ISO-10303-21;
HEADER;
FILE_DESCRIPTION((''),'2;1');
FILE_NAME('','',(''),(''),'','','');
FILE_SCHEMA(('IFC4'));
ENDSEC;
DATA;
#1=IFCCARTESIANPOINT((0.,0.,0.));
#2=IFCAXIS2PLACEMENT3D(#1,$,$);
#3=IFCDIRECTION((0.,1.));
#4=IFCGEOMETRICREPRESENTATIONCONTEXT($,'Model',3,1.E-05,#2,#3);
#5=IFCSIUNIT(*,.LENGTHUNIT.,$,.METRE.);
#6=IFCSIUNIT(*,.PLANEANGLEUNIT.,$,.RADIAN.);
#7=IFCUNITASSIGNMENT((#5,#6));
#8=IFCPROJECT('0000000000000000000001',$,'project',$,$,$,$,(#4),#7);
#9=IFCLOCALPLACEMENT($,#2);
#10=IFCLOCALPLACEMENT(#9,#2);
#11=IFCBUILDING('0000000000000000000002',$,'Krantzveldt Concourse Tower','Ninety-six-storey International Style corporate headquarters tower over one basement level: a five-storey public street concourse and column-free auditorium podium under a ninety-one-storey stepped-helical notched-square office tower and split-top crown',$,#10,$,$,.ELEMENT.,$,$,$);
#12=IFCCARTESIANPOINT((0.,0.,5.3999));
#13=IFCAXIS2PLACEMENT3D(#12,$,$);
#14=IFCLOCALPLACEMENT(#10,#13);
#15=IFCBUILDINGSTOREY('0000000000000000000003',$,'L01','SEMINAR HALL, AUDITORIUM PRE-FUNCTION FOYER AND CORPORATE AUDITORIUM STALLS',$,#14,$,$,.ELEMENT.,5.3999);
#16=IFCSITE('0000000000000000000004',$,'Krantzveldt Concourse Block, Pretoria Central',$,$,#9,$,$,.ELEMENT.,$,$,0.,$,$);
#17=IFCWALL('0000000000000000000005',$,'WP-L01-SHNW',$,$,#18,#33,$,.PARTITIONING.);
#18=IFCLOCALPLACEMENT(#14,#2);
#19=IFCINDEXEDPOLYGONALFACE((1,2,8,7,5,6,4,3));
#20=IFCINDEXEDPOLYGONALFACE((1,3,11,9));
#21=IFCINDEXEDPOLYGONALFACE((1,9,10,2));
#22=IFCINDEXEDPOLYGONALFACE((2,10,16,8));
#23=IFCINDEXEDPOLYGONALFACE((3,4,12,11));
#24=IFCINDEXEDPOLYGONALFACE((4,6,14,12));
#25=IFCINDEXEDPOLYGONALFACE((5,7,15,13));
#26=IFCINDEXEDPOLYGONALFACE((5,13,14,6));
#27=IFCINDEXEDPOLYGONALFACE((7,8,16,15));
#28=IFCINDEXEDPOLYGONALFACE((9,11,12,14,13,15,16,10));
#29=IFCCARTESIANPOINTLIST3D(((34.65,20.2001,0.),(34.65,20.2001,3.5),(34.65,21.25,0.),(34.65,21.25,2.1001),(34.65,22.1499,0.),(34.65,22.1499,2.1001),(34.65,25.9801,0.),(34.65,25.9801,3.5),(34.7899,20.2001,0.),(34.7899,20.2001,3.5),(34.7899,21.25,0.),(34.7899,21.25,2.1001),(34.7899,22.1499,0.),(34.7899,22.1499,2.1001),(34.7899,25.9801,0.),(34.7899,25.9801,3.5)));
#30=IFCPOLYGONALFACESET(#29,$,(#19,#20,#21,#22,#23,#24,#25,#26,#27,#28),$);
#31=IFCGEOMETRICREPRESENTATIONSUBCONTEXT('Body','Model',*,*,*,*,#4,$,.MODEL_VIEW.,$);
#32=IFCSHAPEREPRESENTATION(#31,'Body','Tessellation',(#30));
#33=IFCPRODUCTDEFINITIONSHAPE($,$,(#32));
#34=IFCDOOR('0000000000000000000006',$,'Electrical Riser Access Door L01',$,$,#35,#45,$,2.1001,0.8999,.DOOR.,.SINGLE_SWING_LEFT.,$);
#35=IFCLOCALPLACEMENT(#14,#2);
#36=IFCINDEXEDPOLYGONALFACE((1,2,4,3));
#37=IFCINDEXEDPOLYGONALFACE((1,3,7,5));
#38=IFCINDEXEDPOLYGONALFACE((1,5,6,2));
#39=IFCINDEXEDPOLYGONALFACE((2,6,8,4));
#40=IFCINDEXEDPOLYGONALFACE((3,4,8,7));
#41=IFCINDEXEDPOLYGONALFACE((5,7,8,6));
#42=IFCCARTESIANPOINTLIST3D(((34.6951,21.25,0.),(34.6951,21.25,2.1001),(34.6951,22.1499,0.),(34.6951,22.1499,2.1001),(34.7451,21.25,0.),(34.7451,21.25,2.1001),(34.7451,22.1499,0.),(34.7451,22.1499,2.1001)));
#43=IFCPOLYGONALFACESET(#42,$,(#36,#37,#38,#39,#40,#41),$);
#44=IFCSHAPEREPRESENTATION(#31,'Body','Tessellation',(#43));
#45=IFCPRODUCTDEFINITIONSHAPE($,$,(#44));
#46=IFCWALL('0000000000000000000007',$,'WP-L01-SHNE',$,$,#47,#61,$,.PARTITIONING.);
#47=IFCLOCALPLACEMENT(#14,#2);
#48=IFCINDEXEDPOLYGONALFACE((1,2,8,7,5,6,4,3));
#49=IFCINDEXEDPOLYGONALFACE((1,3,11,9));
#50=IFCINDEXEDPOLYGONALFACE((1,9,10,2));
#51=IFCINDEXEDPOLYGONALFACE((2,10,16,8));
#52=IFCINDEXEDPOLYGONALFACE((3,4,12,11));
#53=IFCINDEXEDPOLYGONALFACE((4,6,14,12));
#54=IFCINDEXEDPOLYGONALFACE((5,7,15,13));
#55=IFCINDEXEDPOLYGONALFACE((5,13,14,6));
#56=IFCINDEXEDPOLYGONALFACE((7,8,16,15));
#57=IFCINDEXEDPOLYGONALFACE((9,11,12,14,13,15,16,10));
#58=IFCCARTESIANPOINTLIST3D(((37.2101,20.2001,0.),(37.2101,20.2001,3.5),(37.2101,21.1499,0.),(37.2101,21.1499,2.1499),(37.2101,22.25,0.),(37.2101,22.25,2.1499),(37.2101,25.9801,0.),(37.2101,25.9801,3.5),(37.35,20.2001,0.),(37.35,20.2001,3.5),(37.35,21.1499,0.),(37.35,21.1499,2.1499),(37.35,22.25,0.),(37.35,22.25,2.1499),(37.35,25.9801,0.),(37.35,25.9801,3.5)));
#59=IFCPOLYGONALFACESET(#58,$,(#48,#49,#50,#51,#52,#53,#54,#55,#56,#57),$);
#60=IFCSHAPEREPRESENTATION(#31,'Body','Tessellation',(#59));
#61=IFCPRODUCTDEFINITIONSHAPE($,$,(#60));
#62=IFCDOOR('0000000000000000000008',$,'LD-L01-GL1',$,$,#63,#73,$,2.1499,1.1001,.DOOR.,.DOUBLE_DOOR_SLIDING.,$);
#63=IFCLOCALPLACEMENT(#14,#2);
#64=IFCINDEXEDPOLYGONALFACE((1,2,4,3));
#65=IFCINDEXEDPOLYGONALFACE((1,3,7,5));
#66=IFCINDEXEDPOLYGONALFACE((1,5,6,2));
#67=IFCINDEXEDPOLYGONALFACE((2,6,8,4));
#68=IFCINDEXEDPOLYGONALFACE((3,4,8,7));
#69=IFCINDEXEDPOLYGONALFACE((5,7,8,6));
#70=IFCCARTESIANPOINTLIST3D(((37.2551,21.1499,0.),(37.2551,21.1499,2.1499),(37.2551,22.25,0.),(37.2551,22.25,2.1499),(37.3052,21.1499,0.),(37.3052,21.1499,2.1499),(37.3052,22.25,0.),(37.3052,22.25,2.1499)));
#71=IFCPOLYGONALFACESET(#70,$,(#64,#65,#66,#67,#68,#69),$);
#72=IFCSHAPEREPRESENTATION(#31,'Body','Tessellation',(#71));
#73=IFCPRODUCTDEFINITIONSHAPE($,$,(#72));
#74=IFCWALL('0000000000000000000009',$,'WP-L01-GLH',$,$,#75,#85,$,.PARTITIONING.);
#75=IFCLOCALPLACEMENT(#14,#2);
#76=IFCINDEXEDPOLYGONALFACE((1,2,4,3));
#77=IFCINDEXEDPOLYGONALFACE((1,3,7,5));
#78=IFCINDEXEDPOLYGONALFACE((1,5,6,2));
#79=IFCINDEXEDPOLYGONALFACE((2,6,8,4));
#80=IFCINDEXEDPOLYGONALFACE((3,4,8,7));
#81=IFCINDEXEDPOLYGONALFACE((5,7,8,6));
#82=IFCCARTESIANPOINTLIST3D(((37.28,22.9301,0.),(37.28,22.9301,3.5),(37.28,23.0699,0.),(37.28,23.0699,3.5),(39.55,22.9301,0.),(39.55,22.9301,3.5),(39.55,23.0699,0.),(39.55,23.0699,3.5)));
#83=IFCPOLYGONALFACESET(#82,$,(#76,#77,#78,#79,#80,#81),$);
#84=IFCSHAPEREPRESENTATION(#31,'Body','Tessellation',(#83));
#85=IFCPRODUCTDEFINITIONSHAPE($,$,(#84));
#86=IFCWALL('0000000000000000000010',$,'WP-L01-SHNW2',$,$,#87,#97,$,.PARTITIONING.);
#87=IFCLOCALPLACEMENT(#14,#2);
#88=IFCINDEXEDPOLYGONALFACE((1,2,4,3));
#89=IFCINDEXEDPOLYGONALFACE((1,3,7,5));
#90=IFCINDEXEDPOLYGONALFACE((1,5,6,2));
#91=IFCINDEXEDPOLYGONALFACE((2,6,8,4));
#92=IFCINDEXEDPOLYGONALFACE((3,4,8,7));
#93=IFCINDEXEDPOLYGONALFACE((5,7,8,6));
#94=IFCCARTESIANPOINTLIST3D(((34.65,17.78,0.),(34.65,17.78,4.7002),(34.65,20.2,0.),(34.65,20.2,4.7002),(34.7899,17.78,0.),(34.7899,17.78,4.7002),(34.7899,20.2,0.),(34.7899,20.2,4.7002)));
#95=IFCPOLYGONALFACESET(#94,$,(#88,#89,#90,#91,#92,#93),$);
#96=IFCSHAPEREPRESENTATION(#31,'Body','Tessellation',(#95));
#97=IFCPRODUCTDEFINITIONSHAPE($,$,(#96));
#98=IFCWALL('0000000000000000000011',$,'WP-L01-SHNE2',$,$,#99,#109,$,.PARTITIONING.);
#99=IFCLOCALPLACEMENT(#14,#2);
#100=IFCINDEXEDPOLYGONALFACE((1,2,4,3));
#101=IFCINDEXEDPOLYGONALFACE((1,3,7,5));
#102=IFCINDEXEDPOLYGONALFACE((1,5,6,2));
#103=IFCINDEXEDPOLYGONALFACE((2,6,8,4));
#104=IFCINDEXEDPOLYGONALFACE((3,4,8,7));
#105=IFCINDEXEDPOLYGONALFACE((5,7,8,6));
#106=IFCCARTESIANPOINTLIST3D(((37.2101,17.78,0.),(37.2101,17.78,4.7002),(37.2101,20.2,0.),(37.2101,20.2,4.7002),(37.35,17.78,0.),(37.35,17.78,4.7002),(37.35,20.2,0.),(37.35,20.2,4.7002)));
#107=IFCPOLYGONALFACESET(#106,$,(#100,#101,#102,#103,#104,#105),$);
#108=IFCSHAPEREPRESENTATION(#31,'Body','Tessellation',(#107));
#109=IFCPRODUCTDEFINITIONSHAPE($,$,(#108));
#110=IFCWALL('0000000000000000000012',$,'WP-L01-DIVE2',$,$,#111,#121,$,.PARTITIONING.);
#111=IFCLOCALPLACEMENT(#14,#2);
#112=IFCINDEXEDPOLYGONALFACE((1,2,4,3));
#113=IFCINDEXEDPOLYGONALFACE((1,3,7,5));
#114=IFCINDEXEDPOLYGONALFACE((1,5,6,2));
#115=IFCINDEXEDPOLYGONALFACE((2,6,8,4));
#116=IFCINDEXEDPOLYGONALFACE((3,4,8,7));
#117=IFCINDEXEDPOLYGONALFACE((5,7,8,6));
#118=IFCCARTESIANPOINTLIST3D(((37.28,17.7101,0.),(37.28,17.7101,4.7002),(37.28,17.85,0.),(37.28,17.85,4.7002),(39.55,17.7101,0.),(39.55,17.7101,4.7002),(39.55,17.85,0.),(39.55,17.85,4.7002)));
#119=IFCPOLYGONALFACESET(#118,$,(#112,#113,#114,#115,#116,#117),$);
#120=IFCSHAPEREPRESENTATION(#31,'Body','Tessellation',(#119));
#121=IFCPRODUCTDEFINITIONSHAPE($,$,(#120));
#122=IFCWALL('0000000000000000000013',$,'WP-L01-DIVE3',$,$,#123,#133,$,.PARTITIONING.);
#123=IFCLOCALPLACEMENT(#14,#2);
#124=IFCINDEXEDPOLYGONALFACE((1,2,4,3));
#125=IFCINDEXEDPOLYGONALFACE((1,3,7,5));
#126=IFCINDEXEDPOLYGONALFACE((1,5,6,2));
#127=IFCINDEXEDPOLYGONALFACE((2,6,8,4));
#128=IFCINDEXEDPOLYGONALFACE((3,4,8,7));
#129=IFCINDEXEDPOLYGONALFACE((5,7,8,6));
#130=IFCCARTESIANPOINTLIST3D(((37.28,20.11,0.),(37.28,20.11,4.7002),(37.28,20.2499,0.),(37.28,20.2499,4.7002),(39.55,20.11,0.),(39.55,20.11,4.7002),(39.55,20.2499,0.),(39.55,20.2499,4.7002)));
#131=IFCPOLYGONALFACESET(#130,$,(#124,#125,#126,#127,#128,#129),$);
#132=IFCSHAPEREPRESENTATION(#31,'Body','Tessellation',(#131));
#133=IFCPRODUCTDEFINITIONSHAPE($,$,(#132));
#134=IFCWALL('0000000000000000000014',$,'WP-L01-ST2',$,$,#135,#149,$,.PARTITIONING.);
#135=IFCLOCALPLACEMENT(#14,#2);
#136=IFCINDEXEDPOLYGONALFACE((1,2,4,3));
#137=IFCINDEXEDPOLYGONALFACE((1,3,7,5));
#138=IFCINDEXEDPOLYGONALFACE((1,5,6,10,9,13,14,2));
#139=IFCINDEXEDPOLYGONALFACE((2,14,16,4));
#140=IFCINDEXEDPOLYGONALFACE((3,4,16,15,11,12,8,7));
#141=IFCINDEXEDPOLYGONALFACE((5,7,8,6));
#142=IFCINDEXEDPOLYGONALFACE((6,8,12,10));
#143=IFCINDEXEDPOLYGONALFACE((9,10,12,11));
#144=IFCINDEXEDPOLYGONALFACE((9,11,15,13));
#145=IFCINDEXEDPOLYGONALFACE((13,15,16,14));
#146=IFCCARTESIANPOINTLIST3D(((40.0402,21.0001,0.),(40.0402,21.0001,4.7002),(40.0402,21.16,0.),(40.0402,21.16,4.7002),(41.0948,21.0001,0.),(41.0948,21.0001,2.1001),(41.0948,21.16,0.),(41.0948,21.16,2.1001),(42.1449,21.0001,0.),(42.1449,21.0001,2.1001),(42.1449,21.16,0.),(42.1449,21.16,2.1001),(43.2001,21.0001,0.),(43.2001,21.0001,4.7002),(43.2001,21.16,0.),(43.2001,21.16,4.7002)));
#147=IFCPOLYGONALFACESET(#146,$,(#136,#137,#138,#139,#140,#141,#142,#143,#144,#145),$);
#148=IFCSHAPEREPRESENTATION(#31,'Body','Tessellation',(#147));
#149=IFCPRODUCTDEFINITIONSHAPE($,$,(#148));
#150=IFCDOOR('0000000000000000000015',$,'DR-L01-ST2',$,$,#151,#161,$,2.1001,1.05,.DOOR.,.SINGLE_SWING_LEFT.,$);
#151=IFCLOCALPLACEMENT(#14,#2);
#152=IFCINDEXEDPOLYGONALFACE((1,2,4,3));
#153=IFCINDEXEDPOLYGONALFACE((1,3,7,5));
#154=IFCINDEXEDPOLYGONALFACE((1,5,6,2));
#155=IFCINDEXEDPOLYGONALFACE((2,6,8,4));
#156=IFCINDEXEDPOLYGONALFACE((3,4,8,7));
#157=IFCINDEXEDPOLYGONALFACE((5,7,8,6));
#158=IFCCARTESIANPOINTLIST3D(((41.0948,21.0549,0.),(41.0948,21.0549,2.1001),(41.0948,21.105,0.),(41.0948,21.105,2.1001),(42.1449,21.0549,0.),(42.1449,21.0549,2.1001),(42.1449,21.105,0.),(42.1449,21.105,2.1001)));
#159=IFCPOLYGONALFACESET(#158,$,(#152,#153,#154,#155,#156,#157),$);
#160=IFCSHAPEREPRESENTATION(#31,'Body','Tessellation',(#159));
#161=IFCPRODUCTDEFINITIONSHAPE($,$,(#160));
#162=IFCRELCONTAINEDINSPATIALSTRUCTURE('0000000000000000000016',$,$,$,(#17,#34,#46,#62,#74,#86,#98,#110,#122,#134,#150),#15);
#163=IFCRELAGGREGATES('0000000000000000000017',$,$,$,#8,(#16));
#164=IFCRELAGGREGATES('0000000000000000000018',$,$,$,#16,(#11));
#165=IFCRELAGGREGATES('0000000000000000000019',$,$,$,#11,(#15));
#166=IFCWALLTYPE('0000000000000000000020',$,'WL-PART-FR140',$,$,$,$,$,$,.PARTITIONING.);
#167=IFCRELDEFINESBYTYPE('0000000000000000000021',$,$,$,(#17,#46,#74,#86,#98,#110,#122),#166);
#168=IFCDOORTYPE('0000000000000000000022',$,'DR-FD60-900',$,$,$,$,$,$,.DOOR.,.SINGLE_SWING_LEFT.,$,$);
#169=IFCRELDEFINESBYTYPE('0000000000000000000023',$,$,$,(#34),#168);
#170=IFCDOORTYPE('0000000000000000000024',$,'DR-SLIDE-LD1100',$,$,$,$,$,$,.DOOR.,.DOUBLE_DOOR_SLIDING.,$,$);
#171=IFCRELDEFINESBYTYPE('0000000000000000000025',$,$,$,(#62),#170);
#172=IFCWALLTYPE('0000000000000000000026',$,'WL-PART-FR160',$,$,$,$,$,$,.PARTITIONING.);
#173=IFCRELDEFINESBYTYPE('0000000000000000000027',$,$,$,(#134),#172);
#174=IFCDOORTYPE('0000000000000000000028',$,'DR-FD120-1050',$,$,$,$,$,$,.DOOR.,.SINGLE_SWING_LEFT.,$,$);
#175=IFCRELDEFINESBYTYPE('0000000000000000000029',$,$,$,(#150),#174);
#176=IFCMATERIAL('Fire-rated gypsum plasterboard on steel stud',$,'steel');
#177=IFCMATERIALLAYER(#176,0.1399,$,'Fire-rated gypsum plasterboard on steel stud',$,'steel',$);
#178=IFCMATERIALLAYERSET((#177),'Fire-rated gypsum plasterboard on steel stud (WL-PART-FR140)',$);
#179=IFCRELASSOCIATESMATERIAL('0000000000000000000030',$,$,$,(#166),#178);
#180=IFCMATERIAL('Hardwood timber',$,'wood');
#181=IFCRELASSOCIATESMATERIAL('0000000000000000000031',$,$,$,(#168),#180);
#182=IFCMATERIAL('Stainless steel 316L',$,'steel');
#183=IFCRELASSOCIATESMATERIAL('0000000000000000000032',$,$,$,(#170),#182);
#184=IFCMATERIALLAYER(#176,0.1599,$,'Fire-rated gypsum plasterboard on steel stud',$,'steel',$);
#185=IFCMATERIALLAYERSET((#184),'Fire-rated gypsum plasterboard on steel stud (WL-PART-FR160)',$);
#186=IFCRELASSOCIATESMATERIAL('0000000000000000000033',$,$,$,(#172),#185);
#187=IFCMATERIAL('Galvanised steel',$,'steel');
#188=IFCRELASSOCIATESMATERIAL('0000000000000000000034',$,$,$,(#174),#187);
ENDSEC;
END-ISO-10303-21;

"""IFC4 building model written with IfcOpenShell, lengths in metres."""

from ifc_helpers import new_model, si_unit, direction, frame, frame_2d, origin, place, context, subcontext, project, spatial, rectangle, extrude, material, layer, layer_set, type_object, element, fill, save


model = new_model("IFC4")

# Units and contexts
model_context = context("Model", 3, precision=1e-05, world=origin(), true_north=direction((0.0, 1.0)))
body_context = subcontext(model_context, "Body", "Model", "MODEL_VIEW")
ifc_project = project(units=[si_unit("LENGTHUNIT", "METRE"), si_unit("PLANEANGLEUNIT", "RADIAN")], contexts=[model_context])

# Site, building, storey
site_placement = place(None, origin())
site = spatial("IfcSite", under=ifc_project, at=site_placement, Name="Krantzveldt Concourse Block, Pretoria Central", CompositionType="ELEMENT", RefElevation=0.0)
building_placement = place(site_placement, origin())
building = spatial("IfcBuilding", under=site, at=building_placement, Name="Krantzveldt Concourse Tower", Description="Ninety-six-storey International Style corporate headquarters tower over one basement level: a five-storey public street concourse and column-free auditorium podium under a ninety-one-storey stepped-helical notched-square office tower and split-top crown", CompositionType="ELEMENT")
storey_placement = place(building_placement, frame((0.0, 0.0, 5.3999)))
storey = spatial("IfcBuildingStorey", under=building, at=storey_placement, Name="L01", Description="SEMINAR HALL, AUDITORIUM PRE-FUNCTION FOYER AND CORPORATE AUDITORIUM STALLS", CompositionType="ELEMENT", Elevation=5.3999)

# Walls, openings, doors
ifc_material_1 = material(Name="Fire-rated gypsum plasterboard on steel stud", Category="steel")
ifc_layer_1 = layer(ifc_material_1, 0.1399, Name="Fire-rated gypsum plasterboard on steel stud", Category="steel")
ifc_layer_set_1 = layer_set([ifc_layer_1], Name="Fire-rated gypsum plasterboard on steel stud (WL-PART-FR140)")
wall_type_1 = type_object("IfcWallType", Name="WL-PART-FR140", PredefinedType="PARTITIONING", material=ifc_layer_set_1)
wall_1_placement = place(storey_placement, frame((34.72, 20.2, 0.0), z_axis=(0.0, 0.0, 1.0), x_axis=(0.0, 1.0, 0.0)))
wall_1 = element("IfcWall", 1, at=wall_1_placement, inside=storey, type_object=wall_type_1, Name="WP-L01-SHNW", PredefinedType="PARTITIONING", context=body_context, shape_type="SweptSolid", body=[
    extrude(rectangle(XDim=5.78, YDim=0.1399, at=frame_2d((2.8901, 0.0))), origin(), (0.0, 0.0, 1.0), 3.5),
])
opening_1_placement = place(wall_1_placement, frame((1.05, 0.0, 0.0)))
opening_1 = element("IfcOpeningElement", 2, at=opening_1_placement, cuts=wall_1, PredefinedType="OPENING", context=body_context, shape_type="SweptSolid", body=[
    extrude(rectangle(XDim=0.8999, YDim=2.1001, at=frame_2d((0.45, 1.05))), frame((0.0, 0.0801, 0.0), z_axis=(0.0, -1.0, 0.0), x_axis=(1.0, 0.0, 0.0)), (0.0, 0.0, 1.0), 0.1599),
])
ifc_material_2 = material(Name="Hardwood timber", Category="wood")
door_type_1 = type_object("IfcDoorType", Name="DR-FD60-900", OperationType="SINGLE_SWING_LEFT", PredefinedType="DOOR", material=ifc_material_2)
door_1_placement = place(opening_1_placement, origin())
door_1 = element("IfcDoor", 3, at=door_1_placement, inside=storey, type_object=door_type_1, Name="Electrical Riser Access Door L01", OperationType="SINGLE_SWING_LEFT", OverallHeight=2.1001, OverallWidth=0.8999, PredefinedType="DOOR", context=body_context, shape_type="SweptSolid", body=[
    extrude(rectangle(XDim=0.8999, YDim=2.1001, at=frame_2d((0.45, 1.05))), frame((0.0, 0.0249, 0.0), z_axis=(0.0, -1.0, 0.0), x_axis=(1.0, 0.0, 0.0)), (0.0, 0.0, 1.0), 0.05),
])
fill(opening_1, door_1)
wall_2_placement = place(storey_placement, frame((37.28, 20.2, 0.0), z_axis=(0.0, 0.0, 1.0), x_axis=(0.0, 1.0, 0.0)))
wall_2 = element("IfcWall", 4, at=wall_2_placement, inside=storey, type_object=wall_type_1, Name="WP-L01-SHNE", PredefinedType="PARTITIONING", context=body_context, shape_type="SweptSolid", body=[
    extrude(rectangle(XDim=5.78, YDim=0.1399, at=frame_2d((2.8901, 0.0))), origin(), (0.0, 0.0, 1.0), 3.5),
])
opening_2_placement = place(wall_2_placement, frame((0.95, 0.0, 0.0)))
opening_2 = element("IfcOpeningElement", 5, at=opening_2_placement, cuts=wall_2, PredefinedType="OPENING", context=body_context, shape_type="SweptSolid", body=[
    extrude(rectangle(XDim=1.1001, YDim=2.1499, at=frame_2d((0.55, 1.075))), frame((0.0, 0.0801, 0.0), z_axis=(0.0, -1.0, 0.0), x_axis=(1.0, 0.0, 0.0)), (0.0, 0.0, 1.0), 0.1599),
])
ifc_material_3 = material(Name="Stainless steel 316L", Category="steel")
door_type_2 = type_object("IfcDoorType", Name="DR-SLIDE-LD1100", OperationType="DOUBLE_DOOR_SLIDING", PredefinedType="DOOR", material=ifc_material_3)
door_2_placement = place(opening_2_placement, origin())
door_2 = element("IfcDoor", 6, at=door_2_placement, inside=storey, type_object=door_type_2, Name="LD-L01-GL1", OperationType="DOUBLE_DOOR_SLIDING", OverallHeight=2.1499, OverallWidth=1.1001, PredefinedType="DOOR", context=body_context, shape_type="SweptSolid", body=[
    extrude(rectangle(XDim=1.1001, YDim=2.1499, at=frame_2d((0.55, 1.075))), frame((0.0, 0.0249, 0.0), z_axis=(0.0, -1.0, 0.0), x_axis=(1.0, 0.0, 0.0)), (0.0, 0.0, 1.0), 0.05),
])
fill(opening_2, door_2)

# Walls
wall_3_placement = place(storey_placement, frame((37.28, 23.0, 0.0), z_axis=(0.0, 0.0, 1.0), x_axis=(1.0, 0.0, 0.0)))
element("IfcWall", 7, at=wall_3_placement, inside=storey, type_object=wall_type_1, Name="WP-L01-GLH", PredefinedType="PARTITIONING", context=body_context, shape_type="SweptSolid", body=[
    extrude(rectangle(XDim=2.27, YDim=0.1399, at=frame_2d((1.135, 0.0))), origin(), (0.0, 0.0, 1.0), 3.5),
])
for number, where, z_axis, x_axis, name in (
    (8, (34.72, 17.78, 0.0), (0.0, 0.0, 1.0), (0.0, 1.0, 0.0), "WP-L01-SHNW2"),
    (9, (37.28, 17.78, 0.0), (0.0, 0.0, 1.0), (0.0, 1.0, 0.0), "WP-L01-SHNE2"),
):
    element("IfcWall", number, at=place(storey_placement, frame(where, z_axis=z_axis, x_axis=x_axis)), inside=storey, type_object=wall_type_1, Name=name, PredefinedType="PARTITIONING", context=body_context, shape_type="SweptSolid", body=[
        extrude(rectangle(XDim=2.4199, YDim=0.1399, at=frame_2d((1.21, 0.0))), origin(), (0.0, 0.0, 1.0), 4.7002),
    ])
for number, where, z_axis, x_axis, name in (
    (10, (37.28, 17.78, 0.0), (0.0, 0.0, 1.0), (1.0, 0.0, 0.0), "WP-L01-DIVE2"),
    (11, (37.28, 20.1799, 0.0), (0.0, 0.0, 1.0), (1.0, 0.0, 0.0), "WP-L01-DIVE3"),
):
    element("IfcWall", number, at=place(storey_placement, frame(where, z_axis=z_axis, x_axis=x_axis)), inside=storey, type_object=wall_type_1, Name=name, PredefinedType="PARTITIONING", context=body_context, shape_type="SweptSolid", body=[
        extrude(rectangle(XDim=2.27, YDim=0.1399, at=frame_2d((1.135, 0.0))), origin(), (0.0, 0.0, 1.0), 4.7002),
    ])

# Wall, opening, door
ifc_layer_2 = layer(ifc_material_1, 0.1599, Name="Fire-rated gypsum plasterboard on steel stud", Category="steel")
ifc_layer_set_2 = layer_set([ifc_layer_2], Name="Fire-rated gypsum plasterboard on steel stud (WL-PART-FR160)")
wall_type_2 = type_object("IfcWallType", Name="WL-PART-FR160", PredefinedType="PARTITIONING", material=ifc_layer_set_2)
wall_4_placement = place(storey_placement, frame((40.04, 21.0801, 0.0), z_axis=(0.0, 0.0, 1.0), x_axis=(1.0, 0.0, 0.0)))
wall_4 = element("IfcWall", 12, at=wall_4_placement, inside=storey, type_object=wall_type_2, Name="WP-L01-ST2", PredefinedType="PARTITIONING", context=body_context, shape_type="SweptSolid", body=[
    extrude(rectangle(XDim=3.1599, YDim=0.1599, at=frame_2d((1.5801, 0.0))), origin(), (0.0, 0.0, 1.0), 4.7002),
])
opening_3_placement = place(wall_4_placement, frame((1.0549, 0.0, 0.0)))
opening_3 = element("IfcOpeningElement", 13, at=opening_3_placement, cuts=wall_4, PredefinedType="OPENING", context=body_context, shape_type="SweptSolid", body=[
    extrude(rectangle(XDim=1.05, YDim=2.1001, at=frame_2d((0.5249, 1.05))), frame((0.0, 0.0898, 0.0), z_axis=(0.0, -1.0, 0.0), x_axis=(1.0, 0.0, 0.0)), (0.0, 0.0, 1.0), 0.1799),
])
ifc_material_4 = material(Name="Galvanised steel", Category="steel")
door_type_3 = type_object("IfcDoorType", Name="DR-FD120-1050", OperationType="SINGLE_SWING_LEFT", PredefinedType="DOOR", material=ifc_material_4)
door_3_placement = place(opening_3_placement, origin())
door_3 = element("IfcDoor", 14, at=door_3_placement, inside=storey, type_object=door_type_3, Name="DR-L01-ST2", OperationType="SINGLE_SWING_LEFT", OverallHeight=2.1001, OverallWidth=1.05, PredefinedType="DOOR", context=body_context, shape_type="SweptSolid", body=[
    extrude(rectangle(XDim=1.05, YDim=2.1001, at=frame_2d((0.5249, 1.05))), frame((0.0, 0.0249, 0.0), z_axis=(0.0, -1.0, 0.0), x_axis=(1.0, 0.0, 0.0)), (0.0, 0.0, 1.0), 0.05),
])
fill(opening_3, door_3)

save(model, "model.ifc")
